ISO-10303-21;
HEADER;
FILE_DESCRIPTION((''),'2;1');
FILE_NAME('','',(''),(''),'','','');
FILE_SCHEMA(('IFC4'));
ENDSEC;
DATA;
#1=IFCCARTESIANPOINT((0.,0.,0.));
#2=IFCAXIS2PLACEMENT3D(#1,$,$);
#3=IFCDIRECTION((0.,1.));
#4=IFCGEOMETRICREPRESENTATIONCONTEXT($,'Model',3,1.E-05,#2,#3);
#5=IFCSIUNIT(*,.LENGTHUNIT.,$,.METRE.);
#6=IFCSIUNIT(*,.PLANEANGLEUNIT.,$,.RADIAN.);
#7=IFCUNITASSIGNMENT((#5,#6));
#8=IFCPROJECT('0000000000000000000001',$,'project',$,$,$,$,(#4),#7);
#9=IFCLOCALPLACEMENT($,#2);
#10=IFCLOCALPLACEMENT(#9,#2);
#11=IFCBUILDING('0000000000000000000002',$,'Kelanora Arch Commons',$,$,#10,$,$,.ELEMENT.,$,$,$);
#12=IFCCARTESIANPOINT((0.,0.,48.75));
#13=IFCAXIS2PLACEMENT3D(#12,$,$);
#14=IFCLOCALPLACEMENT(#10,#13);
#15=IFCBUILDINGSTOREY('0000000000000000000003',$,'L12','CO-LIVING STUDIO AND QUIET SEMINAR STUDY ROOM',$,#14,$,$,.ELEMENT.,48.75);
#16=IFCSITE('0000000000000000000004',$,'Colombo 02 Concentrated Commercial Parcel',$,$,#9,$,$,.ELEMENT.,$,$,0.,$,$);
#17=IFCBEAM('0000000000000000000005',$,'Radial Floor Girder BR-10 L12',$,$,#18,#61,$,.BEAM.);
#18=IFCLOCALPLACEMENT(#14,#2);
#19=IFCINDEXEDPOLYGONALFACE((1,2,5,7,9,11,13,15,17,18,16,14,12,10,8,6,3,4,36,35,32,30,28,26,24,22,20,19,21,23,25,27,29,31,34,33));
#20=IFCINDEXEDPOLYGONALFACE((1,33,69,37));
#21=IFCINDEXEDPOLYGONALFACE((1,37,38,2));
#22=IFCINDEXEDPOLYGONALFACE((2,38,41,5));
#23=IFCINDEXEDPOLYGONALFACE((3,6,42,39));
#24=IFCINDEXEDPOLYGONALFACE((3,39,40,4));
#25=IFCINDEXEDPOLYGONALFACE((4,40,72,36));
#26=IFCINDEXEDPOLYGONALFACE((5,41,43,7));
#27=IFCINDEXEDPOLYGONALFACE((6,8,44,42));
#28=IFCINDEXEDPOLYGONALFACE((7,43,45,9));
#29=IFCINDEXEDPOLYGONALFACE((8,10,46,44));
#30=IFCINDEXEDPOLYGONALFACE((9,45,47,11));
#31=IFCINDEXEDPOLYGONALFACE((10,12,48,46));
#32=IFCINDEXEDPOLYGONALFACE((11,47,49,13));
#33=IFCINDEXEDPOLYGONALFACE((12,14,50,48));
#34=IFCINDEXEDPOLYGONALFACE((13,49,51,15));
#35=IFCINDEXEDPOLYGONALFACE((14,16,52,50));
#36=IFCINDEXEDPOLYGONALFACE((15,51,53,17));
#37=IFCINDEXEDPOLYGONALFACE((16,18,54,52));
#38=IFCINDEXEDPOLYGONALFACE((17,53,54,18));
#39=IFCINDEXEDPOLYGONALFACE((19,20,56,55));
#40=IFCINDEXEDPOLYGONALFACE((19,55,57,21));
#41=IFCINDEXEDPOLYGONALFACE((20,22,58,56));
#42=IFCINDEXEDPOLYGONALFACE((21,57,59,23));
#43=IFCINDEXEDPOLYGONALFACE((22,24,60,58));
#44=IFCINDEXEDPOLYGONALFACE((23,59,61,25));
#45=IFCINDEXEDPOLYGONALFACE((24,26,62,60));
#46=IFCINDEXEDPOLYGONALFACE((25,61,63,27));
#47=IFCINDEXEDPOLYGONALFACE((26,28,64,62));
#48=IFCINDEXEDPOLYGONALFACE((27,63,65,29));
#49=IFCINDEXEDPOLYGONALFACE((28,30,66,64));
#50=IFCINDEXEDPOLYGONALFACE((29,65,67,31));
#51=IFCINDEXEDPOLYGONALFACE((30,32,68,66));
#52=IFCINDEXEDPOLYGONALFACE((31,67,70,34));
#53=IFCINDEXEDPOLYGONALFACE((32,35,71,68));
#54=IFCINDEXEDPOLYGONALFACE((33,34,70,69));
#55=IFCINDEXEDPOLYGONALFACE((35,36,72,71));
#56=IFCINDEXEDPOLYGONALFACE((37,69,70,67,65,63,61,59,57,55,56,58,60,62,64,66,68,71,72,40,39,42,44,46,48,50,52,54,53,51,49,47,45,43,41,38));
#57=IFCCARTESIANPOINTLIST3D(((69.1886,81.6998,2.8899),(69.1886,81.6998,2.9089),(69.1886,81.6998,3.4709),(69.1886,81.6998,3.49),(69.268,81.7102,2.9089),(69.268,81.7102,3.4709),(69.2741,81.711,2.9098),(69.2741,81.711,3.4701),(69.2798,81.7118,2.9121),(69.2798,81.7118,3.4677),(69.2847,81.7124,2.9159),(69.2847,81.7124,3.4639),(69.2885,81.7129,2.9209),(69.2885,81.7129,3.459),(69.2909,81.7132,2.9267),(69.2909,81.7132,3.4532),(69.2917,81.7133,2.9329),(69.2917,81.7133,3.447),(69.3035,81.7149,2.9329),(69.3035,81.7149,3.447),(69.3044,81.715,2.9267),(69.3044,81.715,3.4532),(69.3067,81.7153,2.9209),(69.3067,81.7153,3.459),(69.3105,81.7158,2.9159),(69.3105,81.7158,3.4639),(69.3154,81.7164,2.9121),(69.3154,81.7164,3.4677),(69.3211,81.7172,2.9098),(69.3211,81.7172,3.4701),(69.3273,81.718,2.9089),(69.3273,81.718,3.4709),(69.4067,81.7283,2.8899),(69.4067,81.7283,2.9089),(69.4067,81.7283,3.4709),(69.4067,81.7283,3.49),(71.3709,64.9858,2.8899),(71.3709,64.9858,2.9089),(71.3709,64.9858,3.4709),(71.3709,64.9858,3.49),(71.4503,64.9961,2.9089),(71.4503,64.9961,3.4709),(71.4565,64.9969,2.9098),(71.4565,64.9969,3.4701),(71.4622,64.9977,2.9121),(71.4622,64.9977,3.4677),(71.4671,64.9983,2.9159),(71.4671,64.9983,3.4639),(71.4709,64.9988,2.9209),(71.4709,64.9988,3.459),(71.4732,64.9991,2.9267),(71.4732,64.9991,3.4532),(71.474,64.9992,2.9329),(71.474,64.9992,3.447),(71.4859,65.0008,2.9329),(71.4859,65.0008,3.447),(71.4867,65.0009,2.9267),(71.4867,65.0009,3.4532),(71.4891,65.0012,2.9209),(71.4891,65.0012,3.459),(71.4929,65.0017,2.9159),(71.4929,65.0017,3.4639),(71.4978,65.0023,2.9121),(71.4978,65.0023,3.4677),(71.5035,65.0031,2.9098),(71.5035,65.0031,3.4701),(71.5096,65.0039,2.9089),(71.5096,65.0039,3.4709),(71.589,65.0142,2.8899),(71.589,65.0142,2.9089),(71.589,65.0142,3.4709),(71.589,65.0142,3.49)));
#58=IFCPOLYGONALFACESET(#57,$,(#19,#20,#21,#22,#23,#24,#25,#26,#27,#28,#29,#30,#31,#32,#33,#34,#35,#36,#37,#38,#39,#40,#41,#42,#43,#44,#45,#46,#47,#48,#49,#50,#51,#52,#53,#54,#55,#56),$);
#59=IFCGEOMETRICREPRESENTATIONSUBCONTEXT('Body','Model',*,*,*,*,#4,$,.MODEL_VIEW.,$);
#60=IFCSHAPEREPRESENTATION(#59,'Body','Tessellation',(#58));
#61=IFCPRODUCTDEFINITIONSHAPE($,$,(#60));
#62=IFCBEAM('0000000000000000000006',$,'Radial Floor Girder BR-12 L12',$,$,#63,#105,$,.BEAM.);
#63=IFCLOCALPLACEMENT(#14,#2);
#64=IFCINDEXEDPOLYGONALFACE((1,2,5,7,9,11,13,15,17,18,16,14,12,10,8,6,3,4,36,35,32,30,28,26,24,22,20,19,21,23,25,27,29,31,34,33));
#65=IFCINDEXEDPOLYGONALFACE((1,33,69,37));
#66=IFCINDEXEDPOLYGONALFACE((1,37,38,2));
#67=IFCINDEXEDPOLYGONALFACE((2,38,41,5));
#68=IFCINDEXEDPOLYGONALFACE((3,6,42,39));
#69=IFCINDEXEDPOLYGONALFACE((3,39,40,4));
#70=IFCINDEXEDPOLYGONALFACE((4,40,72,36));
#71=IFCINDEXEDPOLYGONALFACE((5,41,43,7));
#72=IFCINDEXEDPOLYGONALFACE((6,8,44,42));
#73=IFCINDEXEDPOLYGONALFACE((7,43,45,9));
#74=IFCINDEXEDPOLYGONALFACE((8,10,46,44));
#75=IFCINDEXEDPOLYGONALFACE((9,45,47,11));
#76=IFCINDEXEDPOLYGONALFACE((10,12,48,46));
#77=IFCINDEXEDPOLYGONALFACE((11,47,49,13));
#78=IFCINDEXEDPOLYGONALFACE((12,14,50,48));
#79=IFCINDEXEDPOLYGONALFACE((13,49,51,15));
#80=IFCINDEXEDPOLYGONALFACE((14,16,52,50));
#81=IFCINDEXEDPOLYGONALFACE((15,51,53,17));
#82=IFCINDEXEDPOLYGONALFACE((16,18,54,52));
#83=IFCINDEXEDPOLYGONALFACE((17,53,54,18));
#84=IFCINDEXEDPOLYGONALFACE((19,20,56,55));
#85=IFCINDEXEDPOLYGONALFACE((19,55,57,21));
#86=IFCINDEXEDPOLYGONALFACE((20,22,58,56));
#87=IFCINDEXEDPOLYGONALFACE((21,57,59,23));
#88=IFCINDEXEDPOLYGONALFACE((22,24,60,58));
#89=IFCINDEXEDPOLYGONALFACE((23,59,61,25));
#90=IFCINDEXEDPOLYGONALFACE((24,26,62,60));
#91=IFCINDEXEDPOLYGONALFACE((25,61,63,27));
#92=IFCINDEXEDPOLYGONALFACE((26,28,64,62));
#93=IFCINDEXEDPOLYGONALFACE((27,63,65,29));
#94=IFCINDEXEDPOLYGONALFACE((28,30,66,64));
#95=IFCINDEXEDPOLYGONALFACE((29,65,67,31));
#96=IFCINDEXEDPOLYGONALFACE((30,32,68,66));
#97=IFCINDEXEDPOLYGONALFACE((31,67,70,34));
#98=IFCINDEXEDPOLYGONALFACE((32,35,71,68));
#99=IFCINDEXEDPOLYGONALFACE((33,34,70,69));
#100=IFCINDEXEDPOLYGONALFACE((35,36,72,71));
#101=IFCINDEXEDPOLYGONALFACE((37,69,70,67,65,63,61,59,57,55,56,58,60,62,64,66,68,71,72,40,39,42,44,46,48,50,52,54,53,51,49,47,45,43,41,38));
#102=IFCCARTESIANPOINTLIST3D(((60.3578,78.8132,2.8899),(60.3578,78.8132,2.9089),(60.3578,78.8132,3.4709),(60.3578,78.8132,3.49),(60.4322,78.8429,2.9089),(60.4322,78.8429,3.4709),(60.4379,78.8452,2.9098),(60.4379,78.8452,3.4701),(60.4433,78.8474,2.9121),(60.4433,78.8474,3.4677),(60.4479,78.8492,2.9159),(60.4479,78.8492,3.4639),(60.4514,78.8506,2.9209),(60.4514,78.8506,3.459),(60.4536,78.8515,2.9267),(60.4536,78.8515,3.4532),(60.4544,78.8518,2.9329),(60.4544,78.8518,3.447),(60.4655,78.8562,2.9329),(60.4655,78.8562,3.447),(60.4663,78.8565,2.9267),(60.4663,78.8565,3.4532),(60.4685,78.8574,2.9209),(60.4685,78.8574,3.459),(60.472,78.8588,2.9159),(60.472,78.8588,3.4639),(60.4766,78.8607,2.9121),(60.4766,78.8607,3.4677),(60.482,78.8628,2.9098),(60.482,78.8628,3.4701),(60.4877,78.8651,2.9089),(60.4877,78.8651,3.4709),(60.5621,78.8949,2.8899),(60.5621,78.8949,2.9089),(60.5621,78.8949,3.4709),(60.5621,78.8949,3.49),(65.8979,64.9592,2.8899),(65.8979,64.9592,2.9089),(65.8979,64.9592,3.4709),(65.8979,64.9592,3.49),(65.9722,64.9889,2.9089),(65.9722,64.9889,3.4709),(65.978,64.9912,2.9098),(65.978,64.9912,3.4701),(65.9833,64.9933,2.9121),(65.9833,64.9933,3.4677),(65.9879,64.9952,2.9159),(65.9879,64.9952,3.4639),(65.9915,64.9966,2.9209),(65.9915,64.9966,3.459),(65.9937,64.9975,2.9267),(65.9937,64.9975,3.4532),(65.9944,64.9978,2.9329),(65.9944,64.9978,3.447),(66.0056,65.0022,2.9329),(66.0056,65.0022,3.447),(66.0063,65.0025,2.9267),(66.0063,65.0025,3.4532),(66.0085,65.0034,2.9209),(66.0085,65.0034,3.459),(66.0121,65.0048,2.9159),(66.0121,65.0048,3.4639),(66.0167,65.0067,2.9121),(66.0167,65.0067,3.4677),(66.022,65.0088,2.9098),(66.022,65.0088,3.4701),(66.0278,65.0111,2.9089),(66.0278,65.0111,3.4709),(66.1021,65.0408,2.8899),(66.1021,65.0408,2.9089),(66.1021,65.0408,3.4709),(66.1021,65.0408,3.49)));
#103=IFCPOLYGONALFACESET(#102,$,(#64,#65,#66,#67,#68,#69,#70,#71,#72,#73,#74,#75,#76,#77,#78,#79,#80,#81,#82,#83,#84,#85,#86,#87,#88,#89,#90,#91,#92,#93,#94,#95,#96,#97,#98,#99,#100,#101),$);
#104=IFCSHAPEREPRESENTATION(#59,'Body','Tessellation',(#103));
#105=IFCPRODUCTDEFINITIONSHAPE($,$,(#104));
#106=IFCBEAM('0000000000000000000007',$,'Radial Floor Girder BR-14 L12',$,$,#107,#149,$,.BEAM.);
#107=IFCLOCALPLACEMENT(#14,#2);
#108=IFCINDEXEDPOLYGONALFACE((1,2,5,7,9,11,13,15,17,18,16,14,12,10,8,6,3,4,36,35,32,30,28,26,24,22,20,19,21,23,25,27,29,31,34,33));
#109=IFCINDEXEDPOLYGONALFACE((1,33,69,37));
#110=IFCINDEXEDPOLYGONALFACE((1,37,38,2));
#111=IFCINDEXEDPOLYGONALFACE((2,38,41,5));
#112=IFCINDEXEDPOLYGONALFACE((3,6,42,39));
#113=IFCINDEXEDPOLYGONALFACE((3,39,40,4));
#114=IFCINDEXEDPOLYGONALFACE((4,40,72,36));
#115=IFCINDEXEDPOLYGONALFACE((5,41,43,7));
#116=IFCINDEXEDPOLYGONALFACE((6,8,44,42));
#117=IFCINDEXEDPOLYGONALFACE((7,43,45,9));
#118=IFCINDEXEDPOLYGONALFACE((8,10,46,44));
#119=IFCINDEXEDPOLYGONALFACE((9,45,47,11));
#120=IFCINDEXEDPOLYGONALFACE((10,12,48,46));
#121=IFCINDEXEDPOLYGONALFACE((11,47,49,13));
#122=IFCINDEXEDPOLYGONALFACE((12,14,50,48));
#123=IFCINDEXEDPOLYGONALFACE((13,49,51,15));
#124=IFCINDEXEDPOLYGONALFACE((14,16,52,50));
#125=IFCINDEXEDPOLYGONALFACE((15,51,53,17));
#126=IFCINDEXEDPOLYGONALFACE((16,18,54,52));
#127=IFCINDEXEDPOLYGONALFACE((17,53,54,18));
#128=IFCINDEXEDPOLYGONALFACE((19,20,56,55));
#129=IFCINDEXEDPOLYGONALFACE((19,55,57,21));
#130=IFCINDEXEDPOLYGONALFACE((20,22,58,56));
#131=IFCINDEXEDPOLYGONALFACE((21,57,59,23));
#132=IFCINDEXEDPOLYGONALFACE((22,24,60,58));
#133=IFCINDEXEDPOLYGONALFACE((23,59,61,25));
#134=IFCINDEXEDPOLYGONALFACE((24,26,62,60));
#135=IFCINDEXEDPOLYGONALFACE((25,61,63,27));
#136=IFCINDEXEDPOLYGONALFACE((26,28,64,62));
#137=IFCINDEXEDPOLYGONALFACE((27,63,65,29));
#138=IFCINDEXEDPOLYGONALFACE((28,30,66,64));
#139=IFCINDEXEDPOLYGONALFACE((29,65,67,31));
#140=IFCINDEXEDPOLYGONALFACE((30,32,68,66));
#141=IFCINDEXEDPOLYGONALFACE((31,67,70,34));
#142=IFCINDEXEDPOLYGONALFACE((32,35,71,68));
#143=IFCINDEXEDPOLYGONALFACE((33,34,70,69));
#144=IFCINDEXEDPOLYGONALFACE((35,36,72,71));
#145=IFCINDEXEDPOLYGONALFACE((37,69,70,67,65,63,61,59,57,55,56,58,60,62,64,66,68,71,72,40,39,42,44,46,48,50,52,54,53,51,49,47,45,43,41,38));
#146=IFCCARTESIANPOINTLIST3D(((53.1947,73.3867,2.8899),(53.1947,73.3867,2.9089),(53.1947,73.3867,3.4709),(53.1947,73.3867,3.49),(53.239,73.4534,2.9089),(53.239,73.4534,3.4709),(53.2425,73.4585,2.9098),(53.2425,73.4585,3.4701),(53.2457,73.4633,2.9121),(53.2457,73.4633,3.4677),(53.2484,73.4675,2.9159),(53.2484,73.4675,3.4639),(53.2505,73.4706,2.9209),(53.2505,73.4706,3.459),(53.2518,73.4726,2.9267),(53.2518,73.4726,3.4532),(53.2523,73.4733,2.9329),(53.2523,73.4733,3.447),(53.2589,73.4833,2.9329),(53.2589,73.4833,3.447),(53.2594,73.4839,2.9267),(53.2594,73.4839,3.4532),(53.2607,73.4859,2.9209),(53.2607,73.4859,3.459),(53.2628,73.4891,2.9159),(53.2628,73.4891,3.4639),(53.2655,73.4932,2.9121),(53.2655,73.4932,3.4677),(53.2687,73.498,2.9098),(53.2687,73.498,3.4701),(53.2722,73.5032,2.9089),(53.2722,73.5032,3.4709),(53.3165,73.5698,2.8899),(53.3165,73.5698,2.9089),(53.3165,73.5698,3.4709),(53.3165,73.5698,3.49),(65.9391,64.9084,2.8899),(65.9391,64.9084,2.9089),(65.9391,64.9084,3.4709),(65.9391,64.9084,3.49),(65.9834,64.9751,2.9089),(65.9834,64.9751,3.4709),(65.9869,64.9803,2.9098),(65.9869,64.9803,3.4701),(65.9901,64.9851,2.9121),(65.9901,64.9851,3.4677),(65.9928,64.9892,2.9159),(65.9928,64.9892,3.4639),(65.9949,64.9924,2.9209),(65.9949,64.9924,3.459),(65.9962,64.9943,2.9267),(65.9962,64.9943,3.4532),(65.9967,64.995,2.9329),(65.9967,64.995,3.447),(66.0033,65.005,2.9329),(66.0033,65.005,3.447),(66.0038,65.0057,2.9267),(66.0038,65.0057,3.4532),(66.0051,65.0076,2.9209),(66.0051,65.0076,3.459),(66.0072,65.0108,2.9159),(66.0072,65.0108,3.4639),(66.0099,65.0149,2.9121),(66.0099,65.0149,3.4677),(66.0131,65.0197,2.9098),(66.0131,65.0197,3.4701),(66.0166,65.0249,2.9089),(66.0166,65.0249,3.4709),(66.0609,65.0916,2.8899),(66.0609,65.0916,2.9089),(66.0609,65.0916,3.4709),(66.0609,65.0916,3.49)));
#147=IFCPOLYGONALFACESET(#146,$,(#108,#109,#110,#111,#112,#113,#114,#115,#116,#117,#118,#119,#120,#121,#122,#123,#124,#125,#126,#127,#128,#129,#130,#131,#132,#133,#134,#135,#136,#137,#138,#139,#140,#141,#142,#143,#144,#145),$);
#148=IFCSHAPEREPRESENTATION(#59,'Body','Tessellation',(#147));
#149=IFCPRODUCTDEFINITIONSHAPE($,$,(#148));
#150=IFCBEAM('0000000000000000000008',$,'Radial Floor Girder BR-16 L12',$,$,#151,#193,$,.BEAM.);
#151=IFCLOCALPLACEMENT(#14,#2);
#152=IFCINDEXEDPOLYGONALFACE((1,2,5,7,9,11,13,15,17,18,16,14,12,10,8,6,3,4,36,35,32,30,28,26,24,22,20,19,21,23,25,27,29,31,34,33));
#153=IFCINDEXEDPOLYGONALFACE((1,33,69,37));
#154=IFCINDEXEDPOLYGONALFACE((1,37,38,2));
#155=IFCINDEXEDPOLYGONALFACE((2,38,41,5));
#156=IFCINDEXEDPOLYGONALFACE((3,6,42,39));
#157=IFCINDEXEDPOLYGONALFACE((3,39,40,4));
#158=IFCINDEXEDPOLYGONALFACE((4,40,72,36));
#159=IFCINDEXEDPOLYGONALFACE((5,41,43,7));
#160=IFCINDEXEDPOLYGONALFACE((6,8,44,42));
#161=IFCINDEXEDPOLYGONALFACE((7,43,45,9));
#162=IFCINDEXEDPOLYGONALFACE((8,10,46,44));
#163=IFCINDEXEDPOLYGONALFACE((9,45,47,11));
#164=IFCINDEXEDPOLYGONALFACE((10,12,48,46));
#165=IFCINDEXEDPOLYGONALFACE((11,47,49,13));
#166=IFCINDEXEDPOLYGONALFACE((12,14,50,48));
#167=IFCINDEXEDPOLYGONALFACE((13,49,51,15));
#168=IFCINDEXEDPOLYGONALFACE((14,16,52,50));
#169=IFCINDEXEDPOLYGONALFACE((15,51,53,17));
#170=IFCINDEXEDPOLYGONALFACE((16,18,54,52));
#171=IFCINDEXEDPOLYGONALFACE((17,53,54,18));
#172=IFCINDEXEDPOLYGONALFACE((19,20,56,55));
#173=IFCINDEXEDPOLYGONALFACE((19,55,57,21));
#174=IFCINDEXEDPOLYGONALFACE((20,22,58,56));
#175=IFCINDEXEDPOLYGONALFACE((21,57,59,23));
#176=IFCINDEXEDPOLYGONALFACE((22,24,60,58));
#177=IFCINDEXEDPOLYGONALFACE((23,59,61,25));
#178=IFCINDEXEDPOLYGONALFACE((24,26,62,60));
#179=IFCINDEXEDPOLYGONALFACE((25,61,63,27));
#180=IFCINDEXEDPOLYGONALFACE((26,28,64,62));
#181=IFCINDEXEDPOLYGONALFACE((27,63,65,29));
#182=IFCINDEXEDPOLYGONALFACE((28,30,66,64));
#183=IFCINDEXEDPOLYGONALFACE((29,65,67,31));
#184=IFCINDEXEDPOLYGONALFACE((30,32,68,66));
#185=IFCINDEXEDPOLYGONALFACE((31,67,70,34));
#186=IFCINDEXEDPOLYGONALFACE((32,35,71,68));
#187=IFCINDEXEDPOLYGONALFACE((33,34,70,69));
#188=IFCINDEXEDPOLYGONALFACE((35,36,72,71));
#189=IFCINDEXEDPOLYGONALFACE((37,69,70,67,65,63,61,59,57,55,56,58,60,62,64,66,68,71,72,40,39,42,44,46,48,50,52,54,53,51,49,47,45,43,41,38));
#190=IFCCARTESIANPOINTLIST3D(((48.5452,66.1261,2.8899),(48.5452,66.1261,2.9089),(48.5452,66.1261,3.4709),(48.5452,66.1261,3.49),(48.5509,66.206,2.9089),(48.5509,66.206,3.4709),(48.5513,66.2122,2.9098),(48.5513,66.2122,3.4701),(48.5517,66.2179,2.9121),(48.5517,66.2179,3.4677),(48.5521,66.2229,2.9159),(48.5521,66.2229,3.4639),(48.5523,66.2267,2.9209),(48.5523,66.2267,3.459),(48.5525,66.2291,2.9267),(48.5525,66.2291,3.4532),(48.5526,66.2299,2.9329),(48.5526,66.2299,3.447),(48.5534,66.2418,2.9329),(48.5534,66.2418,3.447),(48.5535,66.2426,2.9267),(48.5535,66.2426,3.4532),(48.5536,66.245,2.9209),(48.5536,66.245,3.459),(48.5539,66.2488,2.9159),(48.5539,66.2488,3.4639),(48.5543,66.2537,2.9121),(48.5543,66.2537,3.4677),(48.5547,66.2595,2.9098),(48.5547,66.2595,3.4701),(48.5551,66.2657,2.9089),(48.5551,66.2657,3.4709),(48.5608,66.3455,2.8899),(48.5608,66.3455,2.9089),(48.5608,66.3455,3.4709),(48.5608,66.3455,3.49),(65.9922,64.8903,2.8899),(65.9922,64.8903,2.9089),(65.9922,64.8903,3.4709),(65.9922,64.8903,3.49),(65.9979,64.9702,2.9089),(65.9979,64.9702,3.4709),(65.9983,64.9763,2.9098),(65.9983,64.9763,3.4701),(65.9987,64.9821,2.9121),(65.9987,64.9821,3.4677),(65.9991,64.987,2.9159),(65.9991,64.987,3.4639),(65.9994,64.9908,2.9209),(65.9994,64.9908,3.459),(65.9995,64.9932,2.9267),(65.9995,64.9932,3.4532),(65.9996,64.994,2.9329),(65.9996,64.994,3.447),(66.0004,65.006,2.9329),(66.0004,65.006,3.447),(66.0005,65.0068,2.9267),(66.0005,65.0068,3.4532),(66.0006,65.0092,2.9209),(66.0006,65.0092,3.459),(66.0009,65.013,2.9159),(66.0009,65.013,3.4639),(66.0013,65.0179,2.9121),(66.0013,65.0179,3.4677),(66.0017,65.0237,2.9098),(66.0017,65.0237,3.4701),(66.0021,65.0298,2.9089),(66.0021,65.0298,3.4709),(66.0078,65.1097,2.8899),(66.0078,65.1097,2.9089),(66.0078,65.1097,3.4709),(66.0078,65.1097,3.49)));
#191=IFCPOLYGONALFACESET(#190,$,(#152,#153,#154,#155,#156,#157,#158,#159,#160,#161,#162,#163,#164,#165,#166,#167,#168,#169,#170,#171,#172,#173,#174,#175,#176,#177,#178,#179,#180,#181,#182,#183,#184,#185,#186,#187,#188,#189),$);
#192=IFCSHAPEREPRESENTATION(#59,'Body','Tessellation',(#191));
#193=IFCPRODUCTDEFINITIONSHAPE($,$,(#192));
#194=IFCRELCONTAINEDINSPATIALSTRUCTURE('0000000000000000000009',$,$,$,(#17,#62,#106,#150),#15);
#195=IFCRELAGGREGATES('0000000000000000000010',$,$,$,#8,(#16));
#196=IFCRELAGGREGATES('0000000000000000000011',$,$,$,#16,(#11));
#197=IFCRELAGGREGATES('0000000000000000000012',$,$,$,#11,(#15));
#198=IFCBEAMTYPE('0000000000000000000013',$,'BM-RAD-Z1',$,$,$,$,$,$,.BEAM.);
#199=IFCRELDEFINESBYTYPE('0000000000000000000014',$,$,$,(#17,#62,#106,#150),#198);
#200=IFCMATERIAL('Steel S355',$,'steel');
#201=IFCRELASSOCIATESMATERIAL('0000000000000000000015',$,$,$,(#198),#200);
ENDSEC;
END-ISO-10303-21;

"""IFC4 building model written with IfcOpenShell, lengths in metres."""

from ifc_helpers import new_model, si_unit, direction, frame, origin, origin_2d, place, context, subcontext, project, spatial, i_section, extrude, material, material_profile, profile_set, type_object, element, save


model = new_model("IFC4")

# Units and contexts
model_context = context("Model", 3, precision=1e-05, world=origin(), true_north=direction((0.0, 1.0)))
body_context = subcontext(model_context, "Body", "Model", "MODEL_VIEW")
ifc_project = project(units=[si_unit("LENGTHUNIT", "METRE"), si_unit("PLANEANGLEUNIT", "RADIAN")], contexts=[model_context])

# Site, building, storey
site_placement = place(None, origin())
site = spatial("IfcSite", under=ifc_project, at=site_placement, Name="Colombo 02 Concentrated Commercial Parcel", CompositionType="ELEMENT", RefElevation=0.0)
building_placement = place(site_placement, origin())
building = spatial("IfcBuilding", under=site, at=building_placement, Name="Kelanora Arch Commons", CompositionType="ELEMENT")
storey_placement = place(building_placement, frame((0.0, 0.0, 48.75)))
storey = spatial("IfcBuildingStorey", under=building, at=storey_placement, Name="L12", Description="CO-LIVING STUDIO AND QUIET SEMINAR STUDY ROOM", CompositionType="ELEMENT", Elevation=48.75)

# Beams
ifc_material_1 = material(Name="Steel S355", Category="steel")
ifc_material_profile_1 = material_profile(ifc_material_1, i_section(OverallWidth=0.22, OverallDepth=0.6001, WebThickness=0.012, FlangeThickness=0.019, FilletRadius=0.0239, at=origin_2d()), Name="IPE600")
ifc_profile_set_1 = profile_set([ifc_material_profile_1], Name="Steel S355")
beam_type_1 = type_object("IfcBeamType", Name="BM-RAD-Z1", PredefinedType="BEAM", material=ifc_profile_set_1)
beam_1_placement = place(storey_placement, frame((71.48, 65.0, 3.1899), z_axis=(-0.129472, 0.991583, 0.0), x_axis=(-0.991583, -0.129472, 0.0)))
element("IfcBeam", 1, at=beam_1_placement, inside=storey, type_object=beam_type_1, Name="Radial Floor Girder BR-10 L12", PredefinedType="BEAM", context=body_context, shape_type="SweptSolid", body=[
    extrude(i_section(OverallWidth=0.22, OverallDepth=0.6001, WebThickness=0.012, FlangeThickness=0.019, FilletRadius=0.0239, at=origin_2d()), origin(), (0.0, 0.0, 1.0), 16.856),
])
beam_2_placement = place(storey_placement, frame((66.0, 65.0, 3.1899), z_axis=(-0.3713, 0.928513, 0.0), x_axis=(-0.928513, -0.3713, 0.0)))
element("IfcBeam", 2, at=beam_2_placement, inside=storey, type_object=beam_type_1, Name="Radial Floor Girder BR-12 L12", PredefinedType="BEAM", context=body_context, shape_type="SweptSolid", body=[
    extrude(i_section(OverallWidth=0.22, OverallDepth=0.6001, WebThickness=0.012, FlangeThickness=0.019, FilletRadius=0.0239, at=origin_2d()), origin(), (0.0, 0.0, 1.0), 14.9207),
])
beam_3_placement = place(storey_placement, frame((66.0, 65.0, 3.1899), z_axis=(-0.832592, 0.553886, 0.0), x_axis=(-0.553886, -0.832592, 0.0)))
element("IfcBeam", 3, at=beam_3_placement, inside=storey, type_object=beam_type_1, Name="Radial Floor Girder BR-14 L12", PredefinedType="BEAM", context=body_context, shape_type="SweptSolid", body=[
    extrude(i_section(OverallWidth=0.22, OverallDepth=0.6001, WebThickness=0.012, FlangeThickness=0.019, FilletRadius=0.0239, at=origin_2d()), origin(), (0.0, 0.0, 1.0), 15.3069),
])
beam_4_placement = place(storey_placement, frame((66.0, 65.0, 3.1899), z_axis=(-0.997501, 0.070657, 0.0), x_axis=(-0.070657, -0.997501, 0.0)))
element("IfcBeam", 4, at=beam_4_placement, inside=storey, type_object=beam_type_1, Name="Radial Floor Girder BR-16 L12", PredefinedType="BEAM", context=body_context, shape_type="SweptSolid", body=[
    extrude(i_section(OverallWidth=0.22, OverallDepth=0.6001, WebThickness=0.012, FlangeThickness=0.019, FilletRadius=0.0239, at=origin_2d()), origin(), (0.0, 0.0, 1.0), 17.4907),
])

save(model, "model.ifc")
